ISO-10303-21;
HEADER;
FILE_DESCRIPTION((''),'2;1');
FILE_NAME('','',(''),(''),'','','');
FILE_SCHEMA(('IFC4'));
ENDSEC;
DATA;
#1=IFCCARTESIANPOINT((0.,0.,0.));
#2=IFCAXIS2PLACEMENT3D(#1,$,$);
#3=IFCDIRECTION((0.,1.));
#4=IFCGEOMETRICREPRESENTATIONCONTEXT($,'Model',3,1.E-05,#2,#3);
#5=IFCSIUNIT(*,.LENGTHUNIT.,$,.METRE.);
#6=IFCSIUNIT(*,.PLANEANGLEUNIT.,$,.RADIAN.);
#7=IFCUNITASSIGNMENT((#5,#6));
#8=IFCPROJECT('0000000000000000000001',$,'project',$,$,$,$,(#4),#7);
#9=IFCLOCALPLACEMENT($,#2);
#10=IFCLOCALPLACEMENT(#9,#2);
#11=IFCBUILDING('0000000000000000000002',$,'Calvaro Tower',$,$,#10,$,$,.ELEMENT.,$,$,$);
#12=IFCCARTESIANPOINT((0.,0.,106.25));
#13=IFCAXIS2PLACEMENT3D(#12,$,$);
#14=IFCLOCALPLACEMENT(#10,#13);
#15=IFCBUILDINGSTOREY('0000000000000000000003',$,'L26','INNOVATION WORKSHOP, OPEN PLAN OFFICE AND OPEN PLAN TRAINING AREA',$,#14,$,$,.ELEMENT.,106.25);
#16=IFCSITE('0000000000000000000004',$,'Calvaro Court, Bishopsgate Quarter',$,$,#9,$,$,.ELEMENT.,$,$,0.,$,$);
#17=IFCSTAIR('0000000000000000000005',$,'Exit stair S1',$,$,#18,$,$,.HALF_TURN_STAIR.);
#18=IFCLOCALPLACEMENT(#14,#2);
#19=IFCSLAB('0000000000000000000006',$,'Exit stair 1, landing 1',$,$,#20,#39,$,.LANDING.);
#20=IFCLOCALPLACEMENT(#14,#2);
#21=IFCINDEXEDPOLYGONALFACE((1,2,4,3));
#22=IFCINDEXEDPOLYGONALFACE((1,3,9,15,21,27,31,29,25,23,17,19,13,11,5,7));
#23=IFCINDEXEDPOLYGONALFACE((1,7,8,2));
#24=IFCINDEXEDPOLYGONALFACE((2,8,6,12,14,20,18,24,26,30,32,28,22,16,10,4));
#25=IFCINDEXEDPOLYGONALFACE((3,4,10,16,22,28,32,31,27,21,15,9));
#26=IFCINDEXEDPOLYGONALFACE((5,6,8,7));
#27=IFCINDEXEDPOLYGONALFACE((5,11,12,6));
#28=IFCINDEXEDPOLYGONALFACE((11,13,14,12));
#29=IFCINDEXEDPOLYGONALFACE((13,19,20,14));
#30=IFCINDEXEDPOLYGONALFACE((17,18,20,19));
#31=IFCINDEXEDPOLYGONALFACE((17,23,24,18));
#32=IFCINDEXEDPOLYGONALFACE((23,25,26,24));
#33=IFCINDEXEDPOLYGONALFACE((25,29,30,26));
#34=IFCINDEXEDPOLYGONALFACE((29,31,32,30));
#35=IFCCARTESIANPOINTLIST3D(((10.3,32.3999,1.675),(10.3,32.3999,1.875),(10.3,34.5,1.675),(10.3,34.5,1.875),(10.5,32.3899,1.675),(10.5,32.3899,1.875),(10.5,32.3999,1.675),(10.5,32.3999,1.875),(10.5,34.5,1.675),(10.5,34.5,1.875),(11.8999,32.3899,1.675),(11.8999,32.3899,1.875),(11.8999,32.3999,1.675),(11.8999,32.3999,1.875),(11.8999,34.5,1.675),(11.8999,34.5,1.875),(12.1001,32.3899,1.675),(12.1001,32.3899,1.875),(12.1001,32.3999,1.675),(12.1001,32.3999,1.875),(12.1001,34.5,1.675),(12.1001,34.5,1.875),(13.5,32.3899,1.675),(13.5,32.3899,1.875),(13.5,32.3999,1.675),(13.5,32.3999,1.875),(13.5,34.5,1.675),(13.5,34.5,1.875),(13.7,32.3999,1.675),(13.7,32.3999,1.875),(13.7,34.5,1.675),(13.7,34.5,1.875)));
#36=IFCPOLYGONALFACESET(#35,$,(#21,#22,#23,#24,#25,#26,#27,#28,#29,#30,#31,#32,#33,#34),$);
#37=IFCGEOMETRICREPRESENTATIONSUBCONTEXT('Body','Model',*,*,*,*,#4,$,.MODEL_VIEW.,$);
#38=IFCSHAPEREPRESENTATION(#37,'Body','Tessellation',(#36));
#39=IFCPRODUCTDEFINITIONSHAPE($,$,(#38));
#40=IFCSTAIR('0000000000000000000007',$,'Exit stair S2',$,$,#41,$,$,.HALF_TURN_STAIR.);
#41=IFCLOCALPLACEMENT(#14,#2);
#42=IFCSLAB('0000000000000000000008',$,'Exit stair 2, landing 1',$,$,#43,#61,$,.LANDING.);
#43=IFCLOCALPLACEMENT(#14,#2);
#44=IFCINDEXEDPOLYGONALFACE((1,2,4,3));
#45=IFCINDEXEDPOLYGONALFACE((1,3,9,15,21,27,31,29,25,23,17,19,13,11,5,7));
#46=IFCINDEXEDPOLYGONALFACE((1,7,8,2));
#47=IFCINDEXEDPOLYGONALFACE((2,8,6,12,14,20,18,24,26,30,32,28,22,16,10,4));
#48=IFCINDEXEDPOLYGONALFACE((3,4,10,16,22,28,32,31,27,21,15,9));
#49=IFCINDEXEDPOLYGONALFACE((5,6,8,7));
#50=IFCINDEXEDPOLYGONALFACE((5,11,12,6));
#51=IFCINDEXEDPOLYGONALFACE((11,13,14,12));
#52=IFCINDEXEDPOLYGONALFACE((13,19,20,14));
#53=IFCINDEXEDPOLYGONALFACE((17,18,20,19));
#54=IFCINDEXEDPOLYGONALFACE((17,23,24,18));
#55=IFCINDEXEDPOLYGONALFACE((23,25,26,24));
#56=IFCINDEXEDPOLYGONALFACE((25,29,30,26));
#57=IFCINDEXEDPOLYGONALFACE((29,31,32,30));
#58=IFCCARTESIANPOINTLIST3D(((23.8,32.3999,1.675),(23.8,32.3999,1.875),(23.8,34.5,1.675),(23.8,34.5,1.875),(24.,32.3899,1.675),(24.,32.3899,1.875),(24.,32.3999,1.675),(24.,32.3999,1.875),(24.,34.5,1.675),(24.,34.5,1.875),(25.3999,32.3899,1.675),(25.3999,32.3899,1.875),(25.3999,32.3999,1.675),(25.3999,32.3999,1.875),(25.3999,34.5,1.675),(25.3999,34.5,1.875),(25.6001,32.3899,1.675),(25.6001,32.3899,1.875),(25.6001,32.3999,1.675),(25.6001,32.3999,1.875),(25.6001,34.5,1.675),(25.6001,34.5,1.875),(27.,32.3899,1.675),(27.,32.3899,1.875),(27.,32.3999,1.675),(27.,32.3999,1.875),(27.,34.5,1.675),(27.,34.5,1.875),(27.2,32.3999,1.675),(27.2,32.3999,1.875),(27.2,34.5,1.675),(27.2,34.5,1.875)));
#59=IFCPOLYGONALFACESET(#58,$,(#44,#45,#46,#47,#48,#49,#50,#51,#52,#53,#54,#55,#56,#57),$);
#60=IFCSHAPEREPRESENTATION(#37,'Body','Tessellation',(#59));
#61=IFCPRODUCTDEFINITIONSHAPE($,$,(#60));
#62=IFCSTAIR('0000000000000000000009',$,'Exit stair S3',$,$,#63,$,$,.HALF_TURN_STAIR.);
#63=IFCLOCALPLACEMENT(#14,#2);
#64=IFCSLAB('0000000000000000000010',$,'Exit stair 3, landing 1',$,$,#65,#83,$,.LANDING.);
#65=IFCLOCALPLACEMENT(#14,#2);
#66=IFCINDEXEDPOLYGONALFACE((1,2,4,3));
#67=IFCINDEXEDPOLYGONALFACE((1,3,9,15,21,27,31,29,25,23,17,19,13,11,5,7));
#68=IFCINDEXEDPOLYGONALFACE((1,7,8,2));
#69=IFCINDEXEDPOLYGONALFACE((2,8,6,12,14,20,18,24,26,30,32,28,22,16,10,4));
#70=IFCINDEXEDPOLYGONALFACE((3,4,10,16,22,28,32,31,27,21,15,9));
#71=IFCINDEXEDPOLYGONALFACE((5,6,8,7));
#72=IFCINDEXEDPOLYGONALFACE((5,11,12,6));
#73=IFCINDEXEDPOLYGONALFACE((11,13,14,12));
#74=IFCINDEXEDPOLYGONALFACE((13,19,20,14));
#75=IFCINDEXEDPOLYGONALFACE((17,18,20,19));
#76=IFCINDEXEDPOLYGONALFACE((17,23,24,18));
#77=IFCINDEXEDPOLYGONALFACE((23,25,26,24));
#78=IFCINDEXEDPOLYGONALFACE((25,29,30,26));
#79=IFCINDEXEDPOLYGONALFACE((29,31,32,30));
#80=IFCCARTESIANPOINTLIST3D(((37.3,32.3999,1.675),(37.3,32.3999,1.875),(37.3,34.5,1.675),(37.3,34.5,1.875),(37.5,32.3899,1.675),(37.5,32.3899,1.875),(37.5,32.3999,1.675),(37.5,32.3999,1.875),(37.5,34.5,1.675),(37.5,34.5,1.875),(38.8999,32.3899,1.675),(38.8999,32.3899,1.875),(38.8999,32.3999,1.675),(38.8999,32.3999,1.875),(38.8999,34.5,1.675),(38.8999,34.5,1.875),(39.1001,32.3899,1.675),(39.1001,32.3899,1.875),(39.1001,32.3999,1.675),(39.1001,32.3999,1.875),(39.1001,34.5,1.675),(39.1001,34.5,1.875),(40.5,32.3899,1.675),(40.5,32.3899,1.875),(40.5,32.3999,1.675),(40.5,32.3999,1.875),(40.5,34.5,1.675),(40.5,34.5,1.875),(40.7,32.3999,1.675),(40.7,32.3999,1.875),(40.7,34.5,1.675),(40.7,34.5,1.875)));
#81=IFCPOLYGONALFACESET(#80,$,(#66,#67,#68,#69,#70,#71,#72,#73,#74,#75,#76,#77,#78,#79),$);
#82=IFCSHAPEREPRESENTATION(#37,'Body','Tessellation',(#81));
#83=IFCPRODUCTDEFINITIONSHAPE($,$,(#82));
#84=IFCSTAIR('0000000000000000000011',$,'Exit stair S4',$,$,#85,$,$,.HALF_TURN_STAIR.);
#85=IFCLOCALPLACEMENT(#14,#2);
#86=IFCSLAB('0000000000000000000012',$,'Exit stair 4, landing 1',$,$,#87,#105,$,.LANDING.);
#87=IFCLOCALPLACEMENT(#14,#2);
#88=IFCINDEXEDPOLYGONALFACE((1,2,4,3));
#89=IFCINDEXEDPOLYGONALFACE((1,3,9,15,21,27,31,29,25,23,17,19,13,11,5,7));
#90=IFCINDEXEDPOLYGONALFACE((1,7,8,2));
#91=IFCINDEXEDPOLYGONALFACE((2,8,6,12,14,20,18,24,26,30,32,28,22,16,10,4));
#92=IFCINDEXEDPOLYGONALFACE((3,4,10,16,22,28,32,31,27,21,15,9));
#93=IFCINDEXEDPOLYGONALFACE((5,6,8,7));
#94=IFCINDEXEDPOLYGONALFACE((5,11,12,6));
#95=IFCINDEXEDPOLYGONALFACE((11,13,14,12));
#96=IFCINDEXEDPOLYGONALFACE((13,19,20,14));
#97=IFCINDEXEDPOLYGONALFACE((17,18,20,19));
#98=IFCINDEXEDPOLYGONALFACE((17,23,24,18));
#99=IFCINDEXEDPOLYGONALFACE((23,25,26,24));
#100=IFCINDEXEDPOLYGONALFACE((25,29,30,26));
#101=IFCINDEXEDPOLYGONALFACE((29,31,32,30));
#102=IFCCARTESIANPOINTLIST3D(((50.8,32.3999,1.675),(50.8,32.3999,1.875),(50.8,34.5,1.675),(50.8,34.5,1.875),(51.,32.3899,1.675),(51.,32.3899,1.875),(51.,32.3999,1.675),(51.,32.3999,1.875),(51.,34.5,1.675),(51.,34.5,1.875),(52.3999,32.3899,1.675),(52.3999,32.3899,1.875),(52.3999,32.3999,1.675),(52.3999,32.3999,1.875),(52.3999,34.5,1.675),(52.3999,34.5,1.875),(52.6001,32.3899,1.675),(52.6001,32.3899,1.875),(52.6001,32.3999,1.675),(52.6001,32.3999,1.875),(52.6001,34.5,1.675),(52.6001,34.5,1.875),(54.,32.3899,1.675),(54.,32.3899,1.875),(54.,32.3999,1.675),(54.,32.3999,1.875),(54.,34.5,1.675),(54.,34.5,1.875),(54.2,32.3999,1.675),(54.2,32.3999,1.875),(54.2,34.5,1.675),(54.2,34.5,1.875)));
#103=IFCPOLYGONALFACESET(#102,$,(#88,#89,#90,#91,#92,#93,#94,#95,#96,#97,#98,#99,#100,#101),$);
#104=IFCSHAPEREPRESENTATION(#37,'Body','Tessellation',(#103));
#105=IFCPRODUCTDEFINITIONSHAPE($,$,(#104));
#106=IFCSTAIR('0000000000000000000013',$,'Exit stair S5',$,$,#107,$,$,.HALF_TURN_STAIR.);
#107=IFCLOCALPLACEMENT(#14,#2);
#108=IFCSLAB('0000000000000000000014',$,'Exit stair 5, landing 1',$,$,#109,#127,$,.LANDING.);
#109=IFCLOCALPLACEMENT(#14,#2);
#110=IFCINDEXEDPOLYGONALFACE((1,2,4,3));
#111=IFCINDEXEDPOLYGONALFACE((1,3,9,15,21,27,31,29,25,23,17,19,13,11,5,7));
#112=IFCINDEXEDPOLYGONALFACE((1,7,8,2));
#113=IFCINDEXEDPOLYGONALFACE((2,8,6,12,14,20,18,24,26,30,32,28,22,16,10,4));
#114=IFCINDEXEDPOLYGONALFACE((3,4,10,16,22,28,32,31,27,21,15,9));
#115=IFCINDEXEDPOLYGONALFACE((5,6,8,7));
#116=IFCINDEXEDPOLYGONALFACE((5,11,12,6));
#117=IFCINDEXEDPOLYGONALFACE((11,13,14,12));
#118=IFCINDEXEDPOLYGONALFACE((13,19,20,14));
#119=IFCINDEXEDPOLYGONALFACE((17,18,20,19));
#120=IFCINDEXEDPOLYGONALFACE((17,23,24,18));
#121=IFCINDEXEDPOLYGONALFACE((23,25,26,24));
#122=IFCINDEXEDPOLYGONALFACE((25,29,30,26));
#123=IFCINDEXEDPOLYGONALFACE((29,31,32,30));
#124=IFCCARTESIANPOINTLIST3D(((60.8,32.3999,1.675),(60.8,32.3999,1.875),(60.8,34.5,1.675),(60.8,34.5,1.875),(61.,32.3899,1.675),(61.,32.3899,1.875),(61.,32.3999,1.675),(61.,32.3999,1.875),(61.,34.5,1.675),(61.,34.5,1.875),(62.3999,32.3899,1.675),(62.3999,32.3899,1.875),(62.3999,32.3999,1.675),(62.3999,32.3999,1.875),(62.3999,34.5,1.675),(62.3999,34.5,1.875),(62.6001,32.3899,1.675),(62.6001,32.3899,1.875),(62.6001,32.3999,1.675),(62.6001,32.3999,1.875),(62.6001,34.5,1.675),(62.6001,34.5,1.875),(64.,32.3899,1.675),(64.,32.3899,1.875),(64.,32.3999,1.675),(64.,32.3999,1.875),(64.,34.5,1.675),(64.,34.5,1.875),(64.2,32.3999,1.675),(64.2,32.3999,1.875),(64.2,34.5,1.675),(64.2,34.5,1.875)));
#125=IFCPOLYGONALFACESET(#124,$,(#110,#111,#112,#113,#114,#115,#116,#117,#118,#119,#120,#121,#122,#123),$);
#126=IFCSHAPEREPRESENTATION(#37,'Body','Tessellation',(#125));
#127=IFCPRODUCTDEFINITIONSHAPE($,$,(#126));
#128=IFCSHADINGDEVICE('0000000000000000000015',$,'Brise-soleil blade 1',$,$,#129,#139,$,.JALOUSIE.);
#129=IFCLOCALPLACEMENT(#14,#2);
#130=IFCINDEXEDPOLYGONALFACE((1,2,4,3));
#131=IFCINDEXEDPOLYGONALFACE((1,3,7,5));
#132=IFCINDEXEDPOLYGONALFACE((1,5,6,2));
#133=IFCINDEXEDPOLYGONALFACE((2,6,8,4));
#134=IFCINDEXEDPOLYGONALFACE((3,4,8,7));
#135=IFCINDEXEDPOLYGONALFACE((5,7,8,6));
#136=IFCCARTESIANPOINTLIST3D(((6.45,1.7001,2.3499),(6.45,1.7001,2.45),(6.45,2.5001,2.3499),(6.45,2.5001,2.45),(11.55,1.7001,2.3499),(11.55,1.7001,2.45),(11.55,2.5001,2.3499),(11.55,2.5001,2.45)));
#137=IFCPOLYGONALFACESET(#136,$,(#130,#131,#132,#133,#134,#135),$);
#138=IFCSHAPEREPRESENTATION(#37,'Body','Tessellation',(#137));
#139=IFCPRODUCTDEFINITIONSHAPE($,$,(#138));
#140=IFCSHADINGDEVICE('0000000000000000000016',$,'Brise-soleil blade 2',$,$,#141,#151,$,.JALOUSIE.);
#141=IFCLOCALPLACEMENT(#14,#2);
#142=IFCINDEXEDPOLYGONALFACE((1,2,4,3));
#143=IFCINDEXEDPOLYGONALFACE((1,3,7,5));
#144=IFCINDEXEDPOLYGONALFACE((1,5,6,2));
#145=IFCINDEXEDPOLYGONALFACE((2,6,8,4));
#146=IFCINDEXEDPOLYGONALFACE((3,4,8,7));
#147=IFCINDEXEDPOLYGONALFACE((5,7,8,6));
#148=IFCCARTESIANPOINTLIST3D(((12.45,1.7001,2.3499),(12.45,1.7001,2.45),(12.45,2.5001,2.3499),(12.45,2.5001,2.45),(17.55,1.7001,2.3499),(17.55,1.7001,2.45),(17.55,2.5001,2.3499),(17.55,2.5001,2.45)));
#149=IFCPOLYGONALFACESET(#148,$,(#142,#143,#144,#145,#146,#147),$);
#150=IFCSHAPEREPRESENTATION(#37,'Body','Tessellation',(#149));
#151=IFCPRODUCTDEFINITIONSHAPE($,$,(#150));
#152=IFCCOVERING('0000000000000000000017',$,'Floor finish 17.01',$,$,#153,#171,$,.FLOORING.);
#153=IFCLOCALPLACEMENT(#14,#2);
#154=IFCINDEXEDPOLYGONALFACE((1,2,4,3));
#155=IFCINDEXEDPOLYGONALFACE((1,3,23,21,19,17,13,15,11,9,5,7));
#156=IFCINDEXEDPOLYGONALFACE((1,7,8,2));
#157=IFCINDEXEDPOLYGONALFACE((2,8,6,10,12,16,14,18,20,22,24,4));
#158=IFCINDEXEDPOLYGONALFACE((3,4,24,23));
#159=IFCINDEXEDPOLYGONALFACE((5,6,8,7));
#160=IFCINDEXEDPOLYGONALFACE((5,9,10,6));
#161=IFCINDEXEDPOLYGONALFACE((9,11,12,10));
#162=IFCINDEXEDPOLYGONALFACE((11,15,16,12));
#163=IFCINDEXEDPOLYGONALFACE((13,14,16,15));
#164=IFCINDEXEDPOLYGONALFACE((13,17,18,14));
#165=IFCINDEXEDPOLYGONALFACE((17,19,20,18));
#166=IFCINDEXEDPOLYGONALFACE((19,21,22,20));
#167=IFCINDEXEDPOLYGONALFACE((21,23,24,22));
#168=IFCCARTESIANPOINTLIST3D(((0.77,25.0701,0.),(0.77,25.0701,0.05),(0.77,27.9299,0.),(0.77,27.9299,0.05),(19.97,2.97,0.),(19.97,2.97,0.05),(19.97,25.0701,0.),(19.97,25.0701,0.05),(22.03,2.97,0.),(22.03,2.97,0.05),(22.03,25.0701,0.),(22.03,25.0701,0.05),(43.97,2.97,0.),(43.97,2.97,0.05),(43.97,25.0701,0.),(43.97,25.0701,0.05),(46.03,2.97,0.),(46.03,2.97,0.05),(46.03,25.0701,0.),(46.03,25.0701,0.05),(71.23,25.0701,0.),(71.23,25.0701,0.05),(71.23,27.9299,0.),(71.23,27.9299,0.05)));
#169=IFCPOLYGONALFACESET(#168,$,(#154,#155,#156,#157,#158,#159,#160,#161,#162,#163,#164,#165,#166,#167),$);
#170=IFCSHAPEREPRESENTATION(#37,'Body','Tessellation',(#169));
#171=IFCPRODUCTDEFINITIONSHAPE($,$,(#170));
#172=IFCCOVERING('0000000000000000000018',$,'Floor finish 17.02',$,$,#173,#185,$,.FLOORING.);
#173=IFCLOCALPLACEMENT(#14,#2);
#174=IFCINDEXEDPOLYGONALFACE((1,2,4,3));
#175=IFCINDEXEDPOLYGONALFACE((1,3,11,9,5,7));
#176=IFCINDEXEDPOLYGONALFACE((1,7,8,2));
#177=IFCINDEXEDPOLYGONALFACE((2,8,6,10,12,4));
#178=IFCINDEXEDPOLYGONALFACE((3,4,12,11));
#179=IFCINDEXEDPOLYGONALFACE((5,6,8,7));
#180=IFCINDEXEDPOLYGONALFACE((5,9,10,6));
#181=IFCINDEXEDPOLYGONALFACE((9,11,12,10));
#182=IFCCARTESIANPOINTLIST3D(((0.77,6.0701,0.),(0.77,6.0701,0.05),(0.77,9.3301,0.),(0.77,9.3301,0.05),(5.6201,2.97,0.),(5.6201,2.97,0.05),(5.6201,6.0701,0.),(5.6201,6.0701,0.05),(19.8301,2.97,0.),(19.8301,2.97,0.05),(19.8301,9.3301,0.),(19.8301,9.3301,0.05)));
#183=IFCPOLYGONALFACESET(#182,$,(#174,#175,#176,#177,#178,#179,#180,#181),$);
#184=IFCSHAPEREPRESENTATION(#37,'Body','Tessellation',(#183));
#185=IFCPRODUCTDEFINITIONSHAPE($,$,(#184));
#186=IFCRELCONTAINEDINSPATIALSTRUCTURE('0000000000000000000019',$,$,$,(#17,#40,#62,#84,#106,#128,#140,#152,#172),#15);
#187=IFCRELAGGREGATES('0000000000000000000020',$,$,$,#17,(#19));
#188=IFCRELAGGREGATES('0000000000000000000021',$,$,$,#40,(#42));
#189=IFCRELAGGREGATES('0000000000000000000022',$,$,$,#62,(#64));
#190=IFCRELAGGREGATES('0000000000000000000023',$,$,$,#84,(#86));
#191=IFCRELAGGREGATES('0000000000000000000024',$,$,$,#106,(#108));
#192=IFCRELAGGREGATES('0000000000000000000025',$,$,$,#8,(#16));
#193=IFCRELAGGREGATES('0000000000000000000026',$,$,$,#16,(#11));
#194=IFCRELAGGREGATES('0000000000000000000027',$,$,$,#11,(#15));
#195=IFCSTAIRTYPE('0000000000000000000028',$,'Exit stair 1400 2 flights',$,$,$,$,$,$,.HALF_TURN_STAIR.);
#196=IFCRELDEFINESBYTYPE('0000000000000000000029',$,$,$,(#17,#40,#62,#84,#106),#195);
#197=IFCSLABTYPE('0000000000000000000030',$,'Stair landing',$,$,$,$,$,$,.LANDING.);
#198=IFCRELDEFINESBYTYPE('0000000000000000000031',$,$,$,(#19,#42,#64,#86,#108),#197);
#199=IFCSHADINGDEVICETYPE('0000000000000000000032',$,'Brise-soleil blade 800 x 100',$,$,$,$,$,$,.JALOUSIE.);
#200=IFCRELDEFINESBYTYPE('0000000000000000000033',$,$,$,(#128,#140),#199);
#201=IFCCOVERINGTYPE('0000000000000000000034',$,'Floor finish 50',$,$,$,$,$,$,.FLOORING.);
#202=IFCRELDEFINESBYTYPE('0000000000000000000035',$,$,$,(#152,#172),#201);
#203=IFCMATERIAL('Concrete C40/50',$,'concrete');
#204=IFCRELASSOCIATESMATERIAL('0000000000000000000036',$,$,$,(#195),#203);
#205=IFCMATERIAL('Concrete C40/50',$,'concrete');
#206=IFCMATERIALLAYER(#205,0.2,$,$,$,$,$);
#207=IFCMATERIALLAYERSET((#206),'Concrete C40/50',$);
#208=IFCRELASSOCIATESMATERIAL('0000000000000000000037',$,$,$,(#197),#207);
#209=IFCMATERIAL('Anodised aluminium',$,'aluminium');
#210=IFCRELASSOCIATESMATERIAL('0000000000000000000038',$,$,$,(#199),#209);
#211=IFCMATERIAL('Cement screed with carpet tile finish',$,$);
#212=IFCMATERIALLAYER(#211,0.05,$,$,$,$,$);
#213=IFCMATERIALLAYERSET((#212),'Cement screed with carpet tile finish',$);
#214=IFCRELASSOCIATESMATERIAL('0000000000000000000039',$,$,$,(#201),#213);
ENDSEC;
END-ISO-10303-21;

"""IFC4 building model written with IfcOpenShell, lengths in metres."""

from ifc_helpers import new_model, si_unit, direction, frame, origin, origin_2d, place, context, subcontext, project, spatial, polyline, rectangle, outline, extrude, material, layer, layer_set, material_profile, profile_set, type_object, element, aggregate, save


model = new_model("IFC4")

# Units and contexts
model_context = context("Model", 3, precision=1e-05, world=origin(), true_north=direction((0.0, 1.0)))
body_context = subcontext(model_context, "Body", "Model", "MODEL_VIEW")
ifc_project = project(units=[si_unit("LENGTHUNIT", "METRE"), si_unit("PLANEANGLEUNIT", "RADIAN")], contexts=[model_context])

# Site, building, storey
site_placement = place(None, origin())
site = spatial("IfcSite", under=ifc_project, at=site_placement, Name="Calvaro Court, Bishopsgate Quarter", CompositionType="ELEMENT", RefElevation=0.0)
building_placement = place(site_placement, origin())
building = spatial("IfcBuilding", under=site, at=building_placement, Name="Calvaro Tower", CompositionType="ELEMENT")
storey_placement = place(building_placement, frame((0.0, 0.0, 106.25)))
storey = spatial("IfcBuildingStorey", under=building, at=storey_placement, Name="L26", Description="INNOVATION WORKSHOP, OPEN PLAN OFFICE AND OPEN PLAN TRAINING AREA", CompositionType="ELEMENT", Elevation=106.25)

# Stairs, slabs
ifc_material_1 = material(Name="Concrete C40/50", Category="concrete")
stair_type = type_object("IfcStairType", Name="Exit stair 1400 2 flights", PredefinedType="HALF_TURN_STAIR", material=ifc_material_1)
stair_1_placement = place(storey_placement, origin())
stair_1 = element("IfcStair", 1, at=stair_1_placement, inside=storey, type_object=stair_type, Name="Exit stair S1", PredefinedType="HALF_TURN_STAIR")
ifc_material_2 = material(Name="Concrete C40/50", Category="concrete")
ifc_layer_1 = layer(ifc_material_2, 0.2)
ifc_layer_set_1 = layer_set([ifc_layer_1], Name="Concrete C40/50")
slab_type_1 = type_object("IfcSlabType", Name="Stair landing", PredefinedType="LANDING", material=ifc_layer_set_1)
slab_1_placement = place(storey_placement, frame((0.0, 0.0, 1.675)))
slab_1 = element("IfcSlab", 2, at=slab_1_placement, type_object=slab_type_1, Name="Exit stair 1, landing 1", PredefinedType="LANDING", context=body_context, shape_type="SweptSolid", body=[
    extrude(outline(polyline([(11.8999, 32.3899), (10.5, 32.3899), (10.5, 32.3999), (10.3, 32.3999), (10.3, 34.5), (10.5, 34.5), (11.8999, 34.5), (12.1001, 34.5), (13.5, 34.5), (13.7, 34.5), (13.7, 32.3999), (13.5, 32.3999), (13.5, 32.3899), (12.1001, 32.3899), (12.1001, 32.3999), (11.8999, 32.3999), (11.8999, 32.3899)])), origin(), (0.0, 0.0, 1.0), 0.2),
])
aggregate(stair_1, [slab_1])
stair_2_placement = place(storey_placement, origin())
stair_2 = element("IfcStair", 3, at=stair_2_placement, inside=storey, type_object=stair_type, Name="Exit stair S2", PredefinedType="HALF_TURN_STAIR")
slab_2_placement = place(storey_placement, frame((0.0, 0.0, 1.675)))
slab_2 = element("IfcSlab", 4, at=slab_2_placement, type_object=slab_type_1, Name="Exit stair 2, landing 1", PredefinedType="LANDING", context=body_context, shape_type="SweptSolid", body=[
    extrude(outline(polyline([(25.3999, 32.3899), (24.0, 32.3899), (24.0, 32.3999), (23.8, 32.3999), (23.8, 34.5), (24.0, 34.5), (25.3999, 34.5), (25.6001, 34.5), (27.0, 34.5), (27.2, 34.5), (27.2, 32.3999), (27.0, 32.3999), (27.0, 32.3899), (25.6001, 32.3899), (25.6001, 32.3999), (25.3999, 32.3999), (25.3999, 32.3899)])), origin(), (0.0, 0.0, 1.0), 0.2),
])
aggregate(stair_2, [slab_2])
stair_3_placement = place(storey_placement, origin())
stair_3 = element("IfcStair", 5, at=stair_3_placement, inside=storey, type_object=stair_type, Name="Exit stair S3", PredefinedType="HALF_TURN_STAIR")
slab_3_placement = place(storey_placement, frame((0.0, 0.0, 1.675)))
slab_3 = element("IfcSlab", 6, at=slab_3_placement, type_object=slab_type_1, Name="Exit stair 3, landing 1", PredefinedType="LANDING", context=body_context, shape_type="SweptSolid", body=[
    extrude(outline(polyline([(38.8999, 32.3899), (37.5, 32.3899), (37.5, 32.3999), (37.3, 32.3999), (37.3, 34.5), (37.5, 34.5), (38.8999, 34.5), (39.1001, 34.5), (40.5, 34.5), (40.7, 34.5), (40.7, 32.3999), (40.5, 32.3999), (40.5, 32.3899), (39.1001, 32.3899), (39.1001, 32.3999), (38.8999, 32.3999), (38.8999, 32.3899)])), origin(), (0.0, 0.0, 1.0), 0.2),
])
aggregate(stair_3, [slab_3])
stair_4_placement = place(storey_placement, origin())
stair_4 = element("IfcStair", 7, at=stair_4_placement, inside=storey, type_object=stair_type, Name="Exit stair S4", PredefinedType="HALF_TURN_STAIR")
slab_4_placement = place(storey_placement, frame((0.0, 0.0, 1.675)))
slab_4 = element("IfcSlab", 8, at=slab_4_placement, type_object=slab_type_1, Name="Exit stair 4, landing 1", PredefinedType="LANDING", context=body_context, shape_type="SweptSolid", body=[
    extrude(outline(polyline([(52.3999, 32.3899), (51.0, 32.3899), (51.0, 32.3999), (50.8, 32.3999), (50.8, 34.5), (51.0, 34.5), (52.3999, 34.5), (52.6001, 34.5), (54.0, 34.5), (54.2, 34.5), (54.2, 32.3999), (54.0, 32.3999), (54.0, 32.3899), (52.6001, 32.3899), (52.6001, 32.3999), (52.3999, 32.3999), (52.3999, 32.3899)])), origin(), (0.0, 0.0, 1.0), 0.2),
])
aggregate(stair_4, [slab_4])
stair_5_placement = place(storey_placement, origin())
stair_5 = element("IfcStair", 9, at=stair_5_placement, inside=storey, type_object=stair_type, Name="Exit stair S5", PredefinedType="HALF_TURN_STAIR")
slab_5_placement = place(storey_placement, frame((0.0, 0.0, 1.675)))
slab_5 = element("IfcSlab", 10, at=slab_5_placement, type_object=slab_type_1, Name="Exit stair 5, landing 1", PredefinedType="LANDING", context=body_context, shape_type="SweptSolid", body=[
    extrude(outline(polyline([(62.3999, 32.3899), (61.0, 32.3899), (61.0, 32.3999), (60.8, 32.3999), (60.8, 34.5), (61.0, 34.5), (62.3999, 34.5), (62.6001, 34.5), (64.0, 34.5), (64.2, 34.5), (64.2, 32.3999), (64.0, 32.3999), (64.0, 32.3899), (62.6001, 32.3899), (62.6001, 32.3999), (62.3999, 32.3999), (62.3999, 32.3899)])), origin(), (0.0, 0.0, 1.0), 0.2),
])
aggregate(stair_5, [slab_5])

# Shading devices
ifc_material_3 = material(Name="Anodised aluminium", Category="aluminium")
ifc_material_profile_1 = material_profile(ifc_material_3, rectangle(XDim=0.8, YDim=0.1001, at=origin_2d()), Name="Brise-soleil blade 800 x 100")
ifc_profile_set_1 = profile_set([ifc_material_profile_1], Name="Anodised aluminium")
shading_device_type = type_object("IfcShadingDeviceType", Name="Brise-soleil blade 800 x 100", PredefinedType="JALOUSIE", material=ifc_profile_set_1)
for number, where, z_axis, x_axis, name in (
    (11, (6.45, 2.1001, 2.3999), (1.0, 0.0, 0.0), (0.0, 1.0, 0.0), "Brise-soleil blade 1"),
    (12, (12.45, 2.1001, 2.3999), (1.0, 0.0, 0.0), (0.0, 1.0, 0.0), "Brise-soleil blade 2"),
):
    element("IfcShadingDevice", number, at=place(storey_placement, frame(where, z_axis=z_axis, x_axis=x_axis)), inside=storey, type_object=shading_device_type, Name=name, PredefinedType="JALOUSIE", context=body_context, shape_type="SweptSolid", body=[
        extrude(rectangle(XDim=0.8, YDim=0.1001, at=origin_2d()), origin(), (0.0, 0.0, 1.0), 5.1001),
    ])

# Coverings
ifc_material_4 = material(Name="Cement screed with carpet tile finish")
ifc_layer_2 = layer(ifc_material_4, 0.05)
ifc_layer_set_2 = layer_set([ifc_layer_2], Name="Cement screed with carpet tile finish")
covering_type = type_object("IfcCoveringType", Name="Floor finish 50", PredefinedType="FLOORING", material=ifc_layer_set_2)
covering_1_placement = place(storey_placement, origin())
element("IfcCovering", 13, at=covering_1_placement, inside=storey, type_object=covering_type, Name="Floor finish 17.01", PredefinedType="FLOORING", context=body_context, shape_type="SweptSolid", body=[
    extrude(outline(polyline([(19.97, 2.97), (19.97, 25.0701), (0.77, 25.0701), (0.77, 27.9299), (71.23, 27.9299), (71.23, 25.0701), (46.03, 25.0701), (46.03, 2.97), (43.97, 2.97), (43.97, 25.0701), (22.03, 25.0701), (22.03, 2.97), (19.97, 2.97)])), origin(), (0.0, 0.0, 1.0), 0.05),
])
covering_2_placement = place(storey_placement, origin())
element("IfcCovering", 14, at=covering_2_placement, inside=storey, type_object=covering_type, Name="Floor finish 17.02", PredefinedType="FLOORING", context=body_context, shape_type="SweptSolid", body=[
    extrude(outline(polyline([(19.8301, 9.3301), (19.8301, 2.97), (5.6201, 2.97), (5.6201, 6.0701), (0.77, 6.0701), (0.77, 9.3301), (19.8301, 9.3301)])), origin(), (0.0, 0.0, 1.0), 0.05),
])

save(model, "model.ifc")
